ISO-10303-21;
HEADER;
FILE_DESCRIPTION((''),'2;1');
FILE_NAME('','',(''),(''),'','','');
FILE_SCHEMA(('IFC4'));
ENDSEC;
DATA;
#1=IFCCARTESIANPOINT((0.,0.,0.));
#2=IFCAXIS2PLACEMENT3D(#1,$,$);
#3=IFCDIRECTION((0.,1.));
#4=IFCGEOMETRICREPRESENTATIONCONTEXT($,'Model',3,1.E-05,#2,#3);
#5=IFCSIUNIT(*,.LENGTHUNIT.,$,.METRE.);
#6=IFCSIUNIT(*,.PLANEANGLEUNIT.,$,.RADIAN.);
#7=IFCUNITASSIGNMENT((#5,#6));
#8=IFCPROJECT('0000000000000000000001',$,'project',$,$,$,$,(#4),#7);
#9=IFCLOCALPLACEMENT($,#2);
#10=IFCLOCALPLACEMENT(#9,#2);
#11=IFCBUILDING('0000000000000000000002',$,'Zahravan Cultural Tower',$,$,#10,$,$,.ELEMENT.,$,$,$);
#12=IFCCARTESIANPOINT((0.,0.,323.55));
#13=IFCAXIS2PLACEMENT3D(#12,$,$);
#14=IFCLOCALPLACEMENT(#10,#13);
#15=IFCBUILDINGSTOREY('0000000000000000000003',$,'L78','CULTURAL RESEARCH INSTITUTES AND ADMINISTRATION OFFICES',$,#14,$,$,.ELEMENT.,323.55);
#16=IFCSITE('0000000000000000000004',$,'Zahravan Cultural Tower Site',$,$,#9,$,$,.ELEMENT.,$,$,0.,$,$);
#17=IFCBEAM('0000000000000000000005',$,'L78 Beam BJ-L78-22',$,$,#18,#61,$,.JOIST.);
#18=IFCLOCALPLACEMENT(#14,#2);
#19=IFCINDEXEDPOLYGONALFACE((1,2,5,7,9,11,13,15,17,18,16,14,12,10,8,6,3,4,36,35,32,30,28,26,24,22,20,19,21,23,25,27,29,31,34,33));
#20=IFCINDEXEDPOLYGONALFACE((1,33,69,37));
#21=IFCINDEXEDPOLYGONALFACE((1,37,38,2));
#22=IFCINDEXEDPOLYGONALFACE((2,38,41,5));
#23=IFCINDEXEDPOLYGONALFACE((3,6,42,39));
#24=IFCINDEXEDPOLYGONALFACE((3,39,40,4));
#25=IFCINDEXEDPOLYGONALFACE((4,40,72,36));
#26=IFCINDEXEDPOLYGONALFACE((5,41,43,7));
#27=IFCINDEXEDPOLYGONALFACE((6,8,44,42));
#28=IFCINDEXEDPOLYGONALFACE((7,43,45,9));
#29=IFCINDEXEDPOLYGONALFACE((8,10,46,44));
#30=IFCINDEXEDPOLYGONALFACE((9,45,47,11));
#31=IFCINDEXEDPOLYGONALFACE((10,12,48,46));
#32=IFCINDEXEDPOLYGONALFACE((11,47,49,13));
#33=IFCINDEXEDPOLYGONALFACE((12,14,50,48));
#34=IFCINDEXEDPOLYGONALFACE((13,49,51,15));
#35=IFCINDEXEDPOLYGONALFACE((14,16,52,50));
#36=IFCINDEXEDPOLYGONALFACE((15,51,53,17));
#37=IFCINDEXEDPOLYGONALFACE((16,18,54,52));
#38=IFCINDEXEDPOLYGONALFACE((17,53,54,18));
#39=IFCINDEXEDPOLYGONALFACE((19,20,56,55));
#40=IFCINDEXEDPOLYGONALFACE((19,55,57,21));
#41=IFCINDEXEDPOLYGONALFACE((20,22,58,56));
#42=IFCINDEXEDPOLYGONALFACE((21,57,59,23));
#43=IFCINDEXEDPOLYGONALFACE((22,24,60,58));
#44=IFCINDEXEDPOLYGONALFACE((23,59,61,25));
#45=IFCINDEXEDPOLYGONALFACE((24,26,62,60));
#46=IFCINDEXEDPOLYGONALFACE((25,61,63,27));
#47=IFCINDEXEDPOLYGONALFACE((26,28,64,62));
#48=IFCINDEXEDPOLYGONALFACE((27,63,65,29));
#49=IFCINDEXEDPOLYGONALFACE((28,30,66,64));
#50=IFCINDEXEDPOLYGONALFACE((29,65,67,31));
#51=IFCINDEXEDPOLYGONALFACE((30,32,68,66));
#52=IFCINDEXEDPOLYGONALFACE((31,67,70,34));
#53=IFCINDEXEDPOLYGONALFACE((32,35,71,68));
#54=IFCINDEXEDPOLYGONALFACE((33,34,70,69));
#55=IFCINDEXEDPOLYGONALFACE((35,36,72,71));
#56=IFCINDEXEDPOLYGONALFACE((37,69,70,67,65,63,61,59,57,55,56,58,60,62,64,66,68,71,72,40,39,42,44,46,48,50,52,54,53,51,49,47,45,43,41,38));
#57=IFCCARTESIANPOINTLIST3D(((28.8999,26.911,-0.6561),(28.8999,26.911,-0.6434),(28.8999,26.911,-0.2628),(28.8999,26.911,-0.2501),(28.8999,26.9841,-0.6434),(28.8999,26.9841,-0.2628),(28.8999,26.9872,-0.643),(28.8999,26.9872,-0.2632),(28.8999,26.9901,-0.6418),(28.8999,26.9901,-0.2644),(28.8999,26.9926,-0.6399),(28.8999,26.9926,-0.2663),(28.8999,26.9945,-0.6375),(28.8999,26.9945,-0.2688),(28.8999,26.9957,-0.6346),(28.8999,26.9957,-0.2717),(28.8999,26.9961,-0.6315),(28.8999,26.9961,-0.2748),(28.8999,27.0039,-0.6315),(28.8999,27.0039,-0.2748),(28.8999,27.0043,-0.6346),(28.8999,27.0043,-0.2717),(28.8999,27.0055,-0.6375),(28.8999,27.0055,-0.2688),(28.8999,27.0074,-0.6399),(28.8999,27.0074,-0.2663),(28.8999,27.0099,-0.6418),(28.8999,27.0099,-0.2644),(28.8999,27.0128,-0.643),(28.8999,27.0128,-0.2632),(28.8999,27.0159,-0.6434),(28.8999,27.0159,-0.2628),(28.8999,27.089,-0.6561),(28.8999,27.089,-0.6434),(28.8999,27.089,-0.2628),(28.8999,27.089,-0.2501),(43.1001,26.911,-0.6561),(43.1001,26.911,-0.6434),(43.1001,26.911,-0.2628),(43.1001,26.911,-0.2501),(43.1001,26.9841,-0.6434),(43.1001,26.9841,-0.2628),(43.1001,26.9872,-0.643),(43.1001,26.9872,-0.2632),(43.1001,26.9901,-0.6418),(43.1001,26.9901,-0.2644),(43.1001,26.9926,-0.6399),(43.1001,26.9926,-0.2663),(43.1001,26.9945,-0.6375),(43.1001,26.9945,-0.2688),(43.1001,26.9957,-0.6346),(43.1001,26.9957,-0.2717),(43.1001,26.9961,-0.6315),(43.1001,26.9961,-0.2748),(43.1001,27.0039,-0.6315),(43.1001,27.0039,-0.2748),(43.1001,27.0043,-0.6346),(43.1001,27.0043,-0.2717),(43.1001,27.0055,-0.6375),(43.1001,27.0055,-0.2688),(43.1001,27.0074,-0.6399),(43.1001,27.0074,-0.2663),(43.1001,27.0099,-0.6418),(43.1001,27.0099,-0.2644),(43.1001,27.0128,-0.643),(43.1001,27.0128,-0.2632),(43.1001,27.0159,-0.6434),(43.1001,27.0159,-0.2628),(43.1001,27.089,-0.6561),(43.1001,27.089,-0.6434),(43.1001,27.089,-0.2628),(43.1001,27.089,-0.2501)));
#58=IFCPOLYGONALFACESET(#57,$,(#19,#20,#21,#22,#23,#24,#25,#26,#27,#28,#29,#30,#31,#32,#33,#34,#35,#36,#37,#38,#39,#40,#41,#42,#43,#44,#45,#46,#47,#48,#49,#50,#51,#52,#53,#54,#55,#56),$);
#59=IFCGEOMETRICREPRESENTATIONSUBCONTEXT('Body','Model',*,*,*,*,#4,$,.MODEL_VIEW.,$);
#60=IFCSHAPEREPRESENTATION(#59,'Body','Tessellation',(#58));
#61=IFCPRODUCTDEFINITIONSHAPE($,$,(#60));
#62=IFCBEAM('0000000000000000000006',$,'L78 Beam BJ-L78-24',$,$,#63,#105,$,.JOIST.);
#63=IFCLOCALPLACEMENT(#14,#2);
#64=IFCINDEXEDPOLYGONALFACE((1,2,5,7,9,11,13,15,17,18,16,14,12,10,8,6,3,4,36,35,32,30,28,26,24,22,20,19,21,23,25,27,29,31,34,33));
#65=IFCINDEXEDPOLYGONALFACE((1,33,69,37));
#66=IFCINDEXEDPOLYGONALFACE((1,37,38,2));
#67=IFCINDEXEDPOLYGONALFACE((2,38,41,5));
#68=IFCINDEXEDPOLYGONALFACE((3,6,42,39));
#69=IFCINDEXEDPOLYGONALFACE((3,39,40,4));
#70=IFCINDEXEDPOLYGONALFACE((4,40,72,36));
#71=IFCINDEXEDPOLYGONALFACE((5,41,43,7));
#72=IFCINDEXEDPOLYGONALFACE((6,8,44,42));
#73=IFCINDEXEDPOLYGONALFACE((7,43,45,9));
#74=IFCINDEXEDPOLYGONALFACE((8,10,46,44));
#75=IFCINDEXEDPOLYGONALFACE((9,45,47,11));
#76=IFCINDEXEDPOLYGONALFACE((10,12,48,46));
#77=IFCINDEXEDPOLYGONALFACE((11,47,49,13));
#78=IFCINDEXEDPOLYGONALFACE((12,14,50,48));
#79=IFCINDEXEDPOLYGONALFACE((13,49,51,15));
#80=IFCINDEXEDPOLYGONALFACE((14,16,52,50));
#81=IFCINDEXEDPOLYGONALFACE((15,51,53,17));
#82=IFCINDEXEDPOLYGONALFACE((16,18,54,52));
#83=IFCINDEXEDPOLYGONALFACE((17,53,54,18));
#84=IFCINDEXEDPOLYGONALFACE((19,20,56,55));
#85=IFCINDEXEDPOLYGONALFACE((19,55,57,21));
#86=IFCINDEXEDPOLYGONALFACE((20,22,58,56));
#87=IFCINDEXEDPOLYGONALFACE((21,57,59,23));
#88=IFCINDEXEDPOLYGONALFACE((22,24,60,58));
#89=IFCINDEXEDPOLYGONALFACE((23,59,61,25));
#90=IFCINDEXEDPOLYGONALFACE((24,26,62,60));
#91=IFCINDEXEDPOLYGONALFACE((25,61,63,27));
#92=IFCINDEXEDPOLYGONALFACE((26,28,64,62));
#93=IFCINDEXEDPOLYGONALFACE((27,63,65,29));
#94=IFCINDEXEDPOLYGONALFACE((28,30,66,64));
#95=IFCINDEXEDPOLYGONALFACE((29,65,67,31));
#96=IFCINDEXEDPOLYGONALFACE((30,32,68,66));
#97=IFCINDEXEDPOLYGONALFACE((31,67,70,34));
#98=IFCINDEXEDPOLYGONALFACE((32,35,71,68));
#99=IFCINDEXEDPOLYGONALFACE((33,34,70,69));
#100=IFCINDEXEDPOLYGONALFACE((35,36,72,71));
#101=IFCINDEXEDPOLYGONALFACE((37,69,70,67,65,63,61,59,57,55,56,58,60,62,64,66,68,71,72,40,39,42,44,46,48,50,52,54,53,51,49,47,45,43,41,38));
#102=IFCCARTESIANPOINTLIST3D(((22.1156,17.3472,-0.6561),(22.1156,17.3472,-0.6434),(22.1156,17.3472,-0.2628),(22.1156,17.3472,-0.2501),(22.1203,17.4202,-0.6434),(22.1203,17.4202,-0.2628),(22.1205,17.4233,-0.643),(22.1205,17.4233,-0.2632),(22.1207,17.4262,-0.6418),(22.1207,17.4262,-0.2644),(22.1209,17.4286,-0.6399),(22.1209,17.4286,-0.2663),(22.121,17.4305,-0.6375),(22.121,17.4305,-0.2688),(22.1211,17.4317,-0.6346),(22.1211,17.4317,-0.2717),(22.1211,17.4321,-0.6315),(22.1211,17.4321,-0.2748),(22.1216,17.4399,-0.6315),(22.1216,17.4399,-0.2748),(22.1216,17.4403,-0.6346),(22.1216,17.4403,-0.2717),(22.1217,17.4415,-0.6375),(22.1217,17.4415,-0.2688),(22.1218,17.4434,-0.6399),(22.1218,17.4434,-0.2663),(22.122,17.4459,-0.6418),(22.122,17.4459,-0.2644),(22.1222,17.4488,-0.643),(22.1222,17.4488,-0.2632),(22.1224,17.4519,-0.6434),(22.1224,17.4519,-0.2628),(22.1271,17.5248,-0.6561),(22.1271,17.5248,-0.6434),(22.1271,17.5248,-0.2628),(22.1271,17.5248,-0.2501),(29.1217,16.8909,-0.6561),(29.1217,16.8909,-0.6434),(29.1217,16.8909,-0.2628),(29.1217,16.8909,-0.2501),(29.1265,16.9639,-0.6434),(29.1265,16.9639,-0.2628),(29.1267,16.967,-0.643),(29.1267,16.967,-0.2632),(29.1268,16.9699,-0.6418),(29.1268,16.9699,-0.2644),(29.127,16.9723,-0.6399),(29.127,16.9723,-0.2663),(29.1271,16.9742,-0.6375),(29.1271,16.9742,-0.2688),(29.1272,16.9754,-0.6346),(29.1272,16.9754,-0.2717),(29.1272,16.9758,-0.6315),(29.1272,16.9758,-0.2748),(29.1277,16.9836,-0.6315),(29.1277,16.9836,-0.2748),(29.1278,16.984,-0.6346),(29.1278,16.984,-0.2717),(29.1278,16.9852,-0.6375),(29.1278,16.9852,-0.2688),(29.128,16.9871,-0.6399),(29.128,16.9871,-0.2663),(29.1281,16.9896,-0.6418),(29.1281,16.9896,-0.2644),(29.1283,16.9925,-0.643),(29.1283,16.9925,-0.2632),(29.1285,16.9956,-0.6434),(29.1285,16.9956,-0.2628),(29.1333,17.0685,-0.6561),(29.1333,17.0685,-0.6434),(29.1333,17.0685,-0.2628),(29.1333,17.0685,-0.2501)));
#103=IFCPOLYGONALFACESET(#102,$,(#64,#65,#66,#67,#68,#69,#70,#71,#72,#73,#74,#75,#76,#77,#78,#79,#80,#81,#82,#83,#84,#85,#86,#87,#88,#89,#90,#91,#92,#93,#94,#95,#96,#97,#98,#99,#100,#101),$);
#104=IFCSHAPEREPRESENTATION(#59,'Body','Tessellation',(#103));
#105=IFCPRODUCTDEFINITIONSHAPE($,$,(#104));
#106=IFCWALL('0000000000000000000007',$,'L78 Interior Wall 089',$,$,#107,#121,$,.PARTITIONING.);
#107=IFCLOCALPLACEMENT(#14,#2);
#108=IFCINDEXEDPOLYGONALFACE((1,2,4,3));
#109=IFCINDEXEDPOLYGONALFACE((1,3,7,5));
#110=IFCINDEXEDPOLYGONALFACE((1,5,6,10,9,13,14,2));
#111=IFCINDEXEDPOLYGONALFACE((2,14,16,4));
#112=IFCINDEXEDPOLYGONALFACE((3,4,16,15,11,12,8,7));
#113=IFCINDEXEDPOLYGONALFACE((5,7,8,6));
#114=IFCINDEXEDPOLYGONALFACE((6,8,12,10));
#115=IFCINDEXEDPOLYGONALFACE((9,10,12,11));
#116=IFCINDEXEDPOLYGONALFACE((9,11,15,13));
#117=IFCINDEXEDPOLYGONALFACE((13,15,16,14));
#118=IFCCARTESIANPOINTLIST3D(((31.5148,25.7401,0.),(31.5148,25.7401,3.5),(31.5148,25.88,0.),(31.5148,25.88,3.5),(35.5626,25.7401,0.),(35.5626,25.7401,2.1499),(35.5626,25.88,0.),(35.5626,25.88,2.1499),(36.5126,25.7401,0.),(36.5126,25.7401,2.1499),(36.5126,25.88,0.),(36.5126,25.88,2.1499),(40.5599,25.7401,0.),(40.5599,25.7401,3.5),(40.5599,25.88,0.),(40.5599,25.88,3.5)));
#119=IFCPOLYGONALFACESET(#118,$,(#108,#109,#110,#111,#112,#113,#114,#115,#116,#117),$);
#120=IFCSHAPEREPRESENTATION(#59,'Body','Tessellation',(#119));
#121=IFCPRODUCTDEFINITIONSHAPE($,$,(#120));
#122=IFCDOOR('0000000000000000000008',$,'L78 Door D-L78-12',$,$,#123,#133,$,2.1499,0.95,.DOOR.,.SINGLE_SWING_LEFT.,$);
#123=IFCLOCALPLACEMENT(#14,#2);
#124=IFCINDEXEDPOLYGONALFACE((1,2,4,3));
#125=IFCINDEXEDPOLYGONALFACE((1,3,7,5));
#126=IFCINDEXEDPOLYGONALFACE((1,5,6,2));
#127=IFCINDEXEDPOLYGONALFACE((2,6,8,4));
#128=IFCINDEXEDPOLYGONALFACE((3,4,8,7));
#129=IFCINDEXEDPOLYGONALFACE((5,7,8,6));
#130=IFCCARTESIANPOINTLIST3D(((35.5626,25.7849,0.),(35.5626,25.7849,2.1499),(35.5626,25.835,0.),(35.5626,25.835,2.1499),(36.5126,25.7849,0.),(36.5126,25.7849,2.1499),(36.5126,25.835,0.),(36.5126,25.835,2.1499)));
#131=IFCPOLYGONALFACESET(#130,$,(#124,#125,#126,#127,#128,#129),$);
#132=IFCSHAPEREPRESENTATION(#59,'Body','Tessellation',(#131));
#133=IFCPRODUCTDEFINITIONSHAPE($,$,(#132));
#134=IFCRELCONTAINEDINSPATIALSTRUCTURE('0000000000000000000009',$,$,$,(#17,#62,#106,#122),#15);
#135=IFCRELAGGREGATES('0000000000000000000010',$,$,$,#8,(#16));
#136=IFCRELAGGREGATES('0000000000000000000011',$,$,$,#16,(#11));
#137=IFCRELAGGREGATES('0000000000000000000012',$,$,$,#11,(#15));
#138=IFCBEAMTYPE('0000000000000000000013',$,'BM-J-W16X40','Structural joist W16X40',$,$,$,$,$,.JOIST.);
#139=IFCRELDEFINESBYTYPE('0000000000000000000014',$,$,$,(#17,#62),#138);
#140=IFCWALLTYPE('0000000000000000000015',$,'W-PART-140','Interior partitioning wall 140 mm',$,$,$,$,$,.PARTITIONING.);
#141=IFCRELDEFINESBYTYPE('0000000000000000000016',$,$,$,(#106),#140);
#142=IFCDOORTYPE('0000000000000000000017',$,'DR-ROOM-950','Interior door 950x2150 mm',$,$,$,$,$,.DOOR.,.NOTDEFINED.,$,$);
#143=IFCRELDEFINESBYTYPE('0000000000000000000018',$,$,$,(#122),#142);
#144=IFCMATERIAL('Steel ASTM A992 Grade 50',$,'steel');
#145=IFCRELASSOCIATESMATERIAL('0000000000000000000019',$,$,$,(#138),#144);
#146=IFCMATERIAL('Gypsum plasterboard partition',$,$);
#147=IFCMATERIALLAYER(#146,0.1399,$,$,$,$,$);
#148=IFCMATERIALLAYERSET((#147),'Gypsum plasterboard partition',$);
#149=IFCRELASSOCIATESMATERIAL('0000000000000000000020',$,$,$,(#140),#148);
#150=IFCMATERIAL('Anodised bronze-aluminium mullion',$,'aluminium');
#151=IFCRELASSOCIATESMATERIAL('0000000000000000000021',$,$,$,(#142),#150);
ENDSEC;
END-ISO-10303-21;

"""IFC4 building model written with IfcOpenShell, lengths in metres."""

from ifc_helpers import new_model, si_unit, direction, frame, frame_2d, origin, origin_2d, place, context, subcontext, project, spatial, rectangle, i_section, extrude, source, transform, mapped, material, layer, layer_set, material_profile, profile_set, type_object, element, fill, save


model = new_model("IFC4")

# Units and contexts
model_context = context("Model", 3, precision=1e-05, world=origin(), true_north=direction((0.0, 1.0)))
body_context = subcontext(model_context, "Body", "Model", "MODEL_VIEW")
ifc_project = project(units=[si_unit("LENGTHUNIT", "METRE"), si_unit("PLANEANGLEUNIT", "RADIAN")], contexts=[model_context])

# Site, building, storey
site_placement = place(None, origin())
site = spatial("IfcSite", under=ifc_project, at=site_placement, Name="Zahravan Cultural Tower Site", CompositionType="ELEMENT", RefElevation=0.0)
building_placement = place(site_placement, origin())
building = spatial("IfcBuilding", under=site, at=building_placement, Name="Zahravan Cultural Tower", CompositionType="ELEMENT")
storey_placement = place(building_placement, frame((0.0, 0.0, 323.55)))
storey = spatial("IfcBuildingStorey", under=building, at=storey_placement, Name="L78", Description="CULTURAL RESEARCH INSTITUTES AND ADMINISTRATION OFFICES", CompositionType="ELEMENT", Elevation=323.55)

# Beams
ifc_material_1 = material(Name="Steel ASTM A992 Grade 50", Category="steel")
ifc_material_profile_1 = material_profile(ifc_material_1, i_section(OverallWidth=0.178, OverallDepth=0.406, WebThickness=0.0078, FlangeThickness=0.0127, FilletRadius=0.012, at=origin_2d()), Name="W16X40")
ifc_profile_set_1 = profile_set([ifc_material_profile_1], Name="Steel ASTM A992 Grade 50")
beam_type_1 = type_object("IfcBeamType", Name="BM-J-W16X40", Description="Structural joist W16X40", PredefinedType="JOIST", material=ifc_profile_set_1)
shared_shape_1 = source(origin(), body_context, "Body", "SweptSolid", [
    extrude(i_section(OverallWidth=0.178, OverallDepth=0.406, WebThickness=0.0078, FlangeThickness=0.0127, FilletRadius=0.012, at=origin_2d()), origin(), (0.0, 0.0, 1.0), 14.2002),
])
for number, where, z_axis, x_axis, name in (
    (1, (28.8999, 27.0, -0.4531), (1.0, 0.0, 0.0), (0.0, 1.0, 0.0), "L78 Beam BJ-L78-22"),
):
    element("IfcBeam", number, at=place(storey_placement, frame(where, z_axis=z_axis, x_axis=x_axis)), inside=storey, type_object=beam_type_1, Name=name, PredefinedType="JOIST", context=body_context, shape_type="MappedRepresentation", body=[
        mapped(shared_shape_1, transform((0.0, 0.0, 0.0), x_axis=(1.0, 0.0, 0.0), y_axis=(0.0, 1.0, 0.0), z_axis=(0.0, 0.0, 1.0), scale=1.0)),
    ])
shared_shape_2 = source(origin(), body_context, "Body", "SweptSolid", [
    extrude(i_section(OverallWidth=0.178, OverallDepth=0.406, WebThickness=0.0078, FlangeThickness=0.0127, FilletRadius=0.012, at=origin_2d()), origin(), (0.0, 0.0, 1.0), 7.021),
])
beam_1_placement = place(storey_placement, frame((22.1213, 17.436, -0.4531), z_axis=(0.997886, -0.064991, 0.0), x_axis=(0.064991, 0.997886, 0.0)))
element("IfcBeam", 2, at=beam_1_placement, inside=storey, type_object=beam_type_1, Name="L78 Beam BJ-L78-24", PredefinedType="JOIST", context=body_context, shape_type="MappedRepresentation", body=[
    mapped(shared_shape_2, transform((0.0, 0.0, 0.0), x_axis=(1.0, 0.0, 0.0), y_axis=(0.0, 1.0, 0.0), z_axis=(0.0, 0.0, 1.0), scale=1.0)),
])

# Wall, opening, door
ifc_material_2 = material(Name="Gypsum plasterboard partition")
ifc_layer_1 = layer(ifc_material_2, 0.1399)
ifc_layer_set_1 = layer_set([ifc_layer_1], Name="Gypsum plasterboard partition")
wall_type_1 = type_object("IfcWallType", Name="W-PART-140", Description="Interior partitioning wall 140 mm", PredefinedType="PARTITIONING", material=ifc_layer_set_1)
wall_1_placement = place(storey_placement, frame((31.5149, 25.8101, 0.0), z_axis=(0.0, 0.0, 1.0), x_axis=(1.0, 0.0, 0.0)))
wall_1 = element("IfcWall", 3, at=wall_1_placement, inside=storey, type_object=wall_type_1, Name="L78 Interior Wall 089", PredefinedType="PARTITIONING", context=body_context, shape_type="SweptSolid", body=[
    extrude(rectangle(XDim=9.0452, YDim=0.1399, at=frame_2d((4.5225, 0.0))), origin(), (0.0, 0.0, 1.0), 3.5),
])
opening_1_placement = place(wall_1_placement, frame((4.0476, 0.0, 0.0)))
opening_1 = element("IfcOpeningElement", 4, at=opening_1_placement, cuts=wall_1, PredefinedType="OPENING", context=body_context, shape_type="SweptSolid", body=[
    extrude(rectangle(XDim=0.95, YDim=2.1499, at=frame_2d((0.4751, 1.075))), frame((0.0, 0.0798, 0.0), z_axis=(0.0, -1.0, 0.0), x_axis=(1.0, 0.0, 0.0)), (0.0, 0.0, 1.0), 0.1599),
])
ifc_material_3 = material(Name="Anodised bronze-aluminium mullion", Category="aluminium")
door_type_1 = type_object("IfcDoorType", Name="DR-ROOM-950", Description="Interior door 950x2150 mm", OperationType="NOTDEFINED", PredefinedType="DOOR", material=ifc_material_3)
shared_shape_3 = source(origin(), body_context, "Body", "SweptSolid", [
    extrude(rectangle(XDim=0.95, YDim=2.1499, at=frame_2d((0.4751, 1.075))), frame((0.0, 0.0249, 0.0), z_axis=(0.0, -1.0, 0.0), x_axis=(1.0, 0.0, 0.0)), (0.0, 0.0, 1.0), 0.05),
])
door_1_placement = place(opening_1_placement, origin())
door_1 = element("IfcDoor", 5, at=door_1_placement, inside=storey, type_object=door_type_1, Name="L78 Door D-L78-12", OperationType="SINGLE_SWING_LEFT", OverallHeight=2.1499, OverallWidth=0.95, PredefinedType="DOOR", context=body_context, shape_type="MappedRepresentation", body=[
    mapped(shared_shape_3, transform((0.0, 0.0, 0.0), x_axis=(1.0, 0.0, 0.0), y_axis=(0.0, 1.0, 0.0), z_axis=(0.0, 0.0, 1.0), scale=1.0)),
])
fill(opening_1, door_1)

save(model, "model.ifc")
